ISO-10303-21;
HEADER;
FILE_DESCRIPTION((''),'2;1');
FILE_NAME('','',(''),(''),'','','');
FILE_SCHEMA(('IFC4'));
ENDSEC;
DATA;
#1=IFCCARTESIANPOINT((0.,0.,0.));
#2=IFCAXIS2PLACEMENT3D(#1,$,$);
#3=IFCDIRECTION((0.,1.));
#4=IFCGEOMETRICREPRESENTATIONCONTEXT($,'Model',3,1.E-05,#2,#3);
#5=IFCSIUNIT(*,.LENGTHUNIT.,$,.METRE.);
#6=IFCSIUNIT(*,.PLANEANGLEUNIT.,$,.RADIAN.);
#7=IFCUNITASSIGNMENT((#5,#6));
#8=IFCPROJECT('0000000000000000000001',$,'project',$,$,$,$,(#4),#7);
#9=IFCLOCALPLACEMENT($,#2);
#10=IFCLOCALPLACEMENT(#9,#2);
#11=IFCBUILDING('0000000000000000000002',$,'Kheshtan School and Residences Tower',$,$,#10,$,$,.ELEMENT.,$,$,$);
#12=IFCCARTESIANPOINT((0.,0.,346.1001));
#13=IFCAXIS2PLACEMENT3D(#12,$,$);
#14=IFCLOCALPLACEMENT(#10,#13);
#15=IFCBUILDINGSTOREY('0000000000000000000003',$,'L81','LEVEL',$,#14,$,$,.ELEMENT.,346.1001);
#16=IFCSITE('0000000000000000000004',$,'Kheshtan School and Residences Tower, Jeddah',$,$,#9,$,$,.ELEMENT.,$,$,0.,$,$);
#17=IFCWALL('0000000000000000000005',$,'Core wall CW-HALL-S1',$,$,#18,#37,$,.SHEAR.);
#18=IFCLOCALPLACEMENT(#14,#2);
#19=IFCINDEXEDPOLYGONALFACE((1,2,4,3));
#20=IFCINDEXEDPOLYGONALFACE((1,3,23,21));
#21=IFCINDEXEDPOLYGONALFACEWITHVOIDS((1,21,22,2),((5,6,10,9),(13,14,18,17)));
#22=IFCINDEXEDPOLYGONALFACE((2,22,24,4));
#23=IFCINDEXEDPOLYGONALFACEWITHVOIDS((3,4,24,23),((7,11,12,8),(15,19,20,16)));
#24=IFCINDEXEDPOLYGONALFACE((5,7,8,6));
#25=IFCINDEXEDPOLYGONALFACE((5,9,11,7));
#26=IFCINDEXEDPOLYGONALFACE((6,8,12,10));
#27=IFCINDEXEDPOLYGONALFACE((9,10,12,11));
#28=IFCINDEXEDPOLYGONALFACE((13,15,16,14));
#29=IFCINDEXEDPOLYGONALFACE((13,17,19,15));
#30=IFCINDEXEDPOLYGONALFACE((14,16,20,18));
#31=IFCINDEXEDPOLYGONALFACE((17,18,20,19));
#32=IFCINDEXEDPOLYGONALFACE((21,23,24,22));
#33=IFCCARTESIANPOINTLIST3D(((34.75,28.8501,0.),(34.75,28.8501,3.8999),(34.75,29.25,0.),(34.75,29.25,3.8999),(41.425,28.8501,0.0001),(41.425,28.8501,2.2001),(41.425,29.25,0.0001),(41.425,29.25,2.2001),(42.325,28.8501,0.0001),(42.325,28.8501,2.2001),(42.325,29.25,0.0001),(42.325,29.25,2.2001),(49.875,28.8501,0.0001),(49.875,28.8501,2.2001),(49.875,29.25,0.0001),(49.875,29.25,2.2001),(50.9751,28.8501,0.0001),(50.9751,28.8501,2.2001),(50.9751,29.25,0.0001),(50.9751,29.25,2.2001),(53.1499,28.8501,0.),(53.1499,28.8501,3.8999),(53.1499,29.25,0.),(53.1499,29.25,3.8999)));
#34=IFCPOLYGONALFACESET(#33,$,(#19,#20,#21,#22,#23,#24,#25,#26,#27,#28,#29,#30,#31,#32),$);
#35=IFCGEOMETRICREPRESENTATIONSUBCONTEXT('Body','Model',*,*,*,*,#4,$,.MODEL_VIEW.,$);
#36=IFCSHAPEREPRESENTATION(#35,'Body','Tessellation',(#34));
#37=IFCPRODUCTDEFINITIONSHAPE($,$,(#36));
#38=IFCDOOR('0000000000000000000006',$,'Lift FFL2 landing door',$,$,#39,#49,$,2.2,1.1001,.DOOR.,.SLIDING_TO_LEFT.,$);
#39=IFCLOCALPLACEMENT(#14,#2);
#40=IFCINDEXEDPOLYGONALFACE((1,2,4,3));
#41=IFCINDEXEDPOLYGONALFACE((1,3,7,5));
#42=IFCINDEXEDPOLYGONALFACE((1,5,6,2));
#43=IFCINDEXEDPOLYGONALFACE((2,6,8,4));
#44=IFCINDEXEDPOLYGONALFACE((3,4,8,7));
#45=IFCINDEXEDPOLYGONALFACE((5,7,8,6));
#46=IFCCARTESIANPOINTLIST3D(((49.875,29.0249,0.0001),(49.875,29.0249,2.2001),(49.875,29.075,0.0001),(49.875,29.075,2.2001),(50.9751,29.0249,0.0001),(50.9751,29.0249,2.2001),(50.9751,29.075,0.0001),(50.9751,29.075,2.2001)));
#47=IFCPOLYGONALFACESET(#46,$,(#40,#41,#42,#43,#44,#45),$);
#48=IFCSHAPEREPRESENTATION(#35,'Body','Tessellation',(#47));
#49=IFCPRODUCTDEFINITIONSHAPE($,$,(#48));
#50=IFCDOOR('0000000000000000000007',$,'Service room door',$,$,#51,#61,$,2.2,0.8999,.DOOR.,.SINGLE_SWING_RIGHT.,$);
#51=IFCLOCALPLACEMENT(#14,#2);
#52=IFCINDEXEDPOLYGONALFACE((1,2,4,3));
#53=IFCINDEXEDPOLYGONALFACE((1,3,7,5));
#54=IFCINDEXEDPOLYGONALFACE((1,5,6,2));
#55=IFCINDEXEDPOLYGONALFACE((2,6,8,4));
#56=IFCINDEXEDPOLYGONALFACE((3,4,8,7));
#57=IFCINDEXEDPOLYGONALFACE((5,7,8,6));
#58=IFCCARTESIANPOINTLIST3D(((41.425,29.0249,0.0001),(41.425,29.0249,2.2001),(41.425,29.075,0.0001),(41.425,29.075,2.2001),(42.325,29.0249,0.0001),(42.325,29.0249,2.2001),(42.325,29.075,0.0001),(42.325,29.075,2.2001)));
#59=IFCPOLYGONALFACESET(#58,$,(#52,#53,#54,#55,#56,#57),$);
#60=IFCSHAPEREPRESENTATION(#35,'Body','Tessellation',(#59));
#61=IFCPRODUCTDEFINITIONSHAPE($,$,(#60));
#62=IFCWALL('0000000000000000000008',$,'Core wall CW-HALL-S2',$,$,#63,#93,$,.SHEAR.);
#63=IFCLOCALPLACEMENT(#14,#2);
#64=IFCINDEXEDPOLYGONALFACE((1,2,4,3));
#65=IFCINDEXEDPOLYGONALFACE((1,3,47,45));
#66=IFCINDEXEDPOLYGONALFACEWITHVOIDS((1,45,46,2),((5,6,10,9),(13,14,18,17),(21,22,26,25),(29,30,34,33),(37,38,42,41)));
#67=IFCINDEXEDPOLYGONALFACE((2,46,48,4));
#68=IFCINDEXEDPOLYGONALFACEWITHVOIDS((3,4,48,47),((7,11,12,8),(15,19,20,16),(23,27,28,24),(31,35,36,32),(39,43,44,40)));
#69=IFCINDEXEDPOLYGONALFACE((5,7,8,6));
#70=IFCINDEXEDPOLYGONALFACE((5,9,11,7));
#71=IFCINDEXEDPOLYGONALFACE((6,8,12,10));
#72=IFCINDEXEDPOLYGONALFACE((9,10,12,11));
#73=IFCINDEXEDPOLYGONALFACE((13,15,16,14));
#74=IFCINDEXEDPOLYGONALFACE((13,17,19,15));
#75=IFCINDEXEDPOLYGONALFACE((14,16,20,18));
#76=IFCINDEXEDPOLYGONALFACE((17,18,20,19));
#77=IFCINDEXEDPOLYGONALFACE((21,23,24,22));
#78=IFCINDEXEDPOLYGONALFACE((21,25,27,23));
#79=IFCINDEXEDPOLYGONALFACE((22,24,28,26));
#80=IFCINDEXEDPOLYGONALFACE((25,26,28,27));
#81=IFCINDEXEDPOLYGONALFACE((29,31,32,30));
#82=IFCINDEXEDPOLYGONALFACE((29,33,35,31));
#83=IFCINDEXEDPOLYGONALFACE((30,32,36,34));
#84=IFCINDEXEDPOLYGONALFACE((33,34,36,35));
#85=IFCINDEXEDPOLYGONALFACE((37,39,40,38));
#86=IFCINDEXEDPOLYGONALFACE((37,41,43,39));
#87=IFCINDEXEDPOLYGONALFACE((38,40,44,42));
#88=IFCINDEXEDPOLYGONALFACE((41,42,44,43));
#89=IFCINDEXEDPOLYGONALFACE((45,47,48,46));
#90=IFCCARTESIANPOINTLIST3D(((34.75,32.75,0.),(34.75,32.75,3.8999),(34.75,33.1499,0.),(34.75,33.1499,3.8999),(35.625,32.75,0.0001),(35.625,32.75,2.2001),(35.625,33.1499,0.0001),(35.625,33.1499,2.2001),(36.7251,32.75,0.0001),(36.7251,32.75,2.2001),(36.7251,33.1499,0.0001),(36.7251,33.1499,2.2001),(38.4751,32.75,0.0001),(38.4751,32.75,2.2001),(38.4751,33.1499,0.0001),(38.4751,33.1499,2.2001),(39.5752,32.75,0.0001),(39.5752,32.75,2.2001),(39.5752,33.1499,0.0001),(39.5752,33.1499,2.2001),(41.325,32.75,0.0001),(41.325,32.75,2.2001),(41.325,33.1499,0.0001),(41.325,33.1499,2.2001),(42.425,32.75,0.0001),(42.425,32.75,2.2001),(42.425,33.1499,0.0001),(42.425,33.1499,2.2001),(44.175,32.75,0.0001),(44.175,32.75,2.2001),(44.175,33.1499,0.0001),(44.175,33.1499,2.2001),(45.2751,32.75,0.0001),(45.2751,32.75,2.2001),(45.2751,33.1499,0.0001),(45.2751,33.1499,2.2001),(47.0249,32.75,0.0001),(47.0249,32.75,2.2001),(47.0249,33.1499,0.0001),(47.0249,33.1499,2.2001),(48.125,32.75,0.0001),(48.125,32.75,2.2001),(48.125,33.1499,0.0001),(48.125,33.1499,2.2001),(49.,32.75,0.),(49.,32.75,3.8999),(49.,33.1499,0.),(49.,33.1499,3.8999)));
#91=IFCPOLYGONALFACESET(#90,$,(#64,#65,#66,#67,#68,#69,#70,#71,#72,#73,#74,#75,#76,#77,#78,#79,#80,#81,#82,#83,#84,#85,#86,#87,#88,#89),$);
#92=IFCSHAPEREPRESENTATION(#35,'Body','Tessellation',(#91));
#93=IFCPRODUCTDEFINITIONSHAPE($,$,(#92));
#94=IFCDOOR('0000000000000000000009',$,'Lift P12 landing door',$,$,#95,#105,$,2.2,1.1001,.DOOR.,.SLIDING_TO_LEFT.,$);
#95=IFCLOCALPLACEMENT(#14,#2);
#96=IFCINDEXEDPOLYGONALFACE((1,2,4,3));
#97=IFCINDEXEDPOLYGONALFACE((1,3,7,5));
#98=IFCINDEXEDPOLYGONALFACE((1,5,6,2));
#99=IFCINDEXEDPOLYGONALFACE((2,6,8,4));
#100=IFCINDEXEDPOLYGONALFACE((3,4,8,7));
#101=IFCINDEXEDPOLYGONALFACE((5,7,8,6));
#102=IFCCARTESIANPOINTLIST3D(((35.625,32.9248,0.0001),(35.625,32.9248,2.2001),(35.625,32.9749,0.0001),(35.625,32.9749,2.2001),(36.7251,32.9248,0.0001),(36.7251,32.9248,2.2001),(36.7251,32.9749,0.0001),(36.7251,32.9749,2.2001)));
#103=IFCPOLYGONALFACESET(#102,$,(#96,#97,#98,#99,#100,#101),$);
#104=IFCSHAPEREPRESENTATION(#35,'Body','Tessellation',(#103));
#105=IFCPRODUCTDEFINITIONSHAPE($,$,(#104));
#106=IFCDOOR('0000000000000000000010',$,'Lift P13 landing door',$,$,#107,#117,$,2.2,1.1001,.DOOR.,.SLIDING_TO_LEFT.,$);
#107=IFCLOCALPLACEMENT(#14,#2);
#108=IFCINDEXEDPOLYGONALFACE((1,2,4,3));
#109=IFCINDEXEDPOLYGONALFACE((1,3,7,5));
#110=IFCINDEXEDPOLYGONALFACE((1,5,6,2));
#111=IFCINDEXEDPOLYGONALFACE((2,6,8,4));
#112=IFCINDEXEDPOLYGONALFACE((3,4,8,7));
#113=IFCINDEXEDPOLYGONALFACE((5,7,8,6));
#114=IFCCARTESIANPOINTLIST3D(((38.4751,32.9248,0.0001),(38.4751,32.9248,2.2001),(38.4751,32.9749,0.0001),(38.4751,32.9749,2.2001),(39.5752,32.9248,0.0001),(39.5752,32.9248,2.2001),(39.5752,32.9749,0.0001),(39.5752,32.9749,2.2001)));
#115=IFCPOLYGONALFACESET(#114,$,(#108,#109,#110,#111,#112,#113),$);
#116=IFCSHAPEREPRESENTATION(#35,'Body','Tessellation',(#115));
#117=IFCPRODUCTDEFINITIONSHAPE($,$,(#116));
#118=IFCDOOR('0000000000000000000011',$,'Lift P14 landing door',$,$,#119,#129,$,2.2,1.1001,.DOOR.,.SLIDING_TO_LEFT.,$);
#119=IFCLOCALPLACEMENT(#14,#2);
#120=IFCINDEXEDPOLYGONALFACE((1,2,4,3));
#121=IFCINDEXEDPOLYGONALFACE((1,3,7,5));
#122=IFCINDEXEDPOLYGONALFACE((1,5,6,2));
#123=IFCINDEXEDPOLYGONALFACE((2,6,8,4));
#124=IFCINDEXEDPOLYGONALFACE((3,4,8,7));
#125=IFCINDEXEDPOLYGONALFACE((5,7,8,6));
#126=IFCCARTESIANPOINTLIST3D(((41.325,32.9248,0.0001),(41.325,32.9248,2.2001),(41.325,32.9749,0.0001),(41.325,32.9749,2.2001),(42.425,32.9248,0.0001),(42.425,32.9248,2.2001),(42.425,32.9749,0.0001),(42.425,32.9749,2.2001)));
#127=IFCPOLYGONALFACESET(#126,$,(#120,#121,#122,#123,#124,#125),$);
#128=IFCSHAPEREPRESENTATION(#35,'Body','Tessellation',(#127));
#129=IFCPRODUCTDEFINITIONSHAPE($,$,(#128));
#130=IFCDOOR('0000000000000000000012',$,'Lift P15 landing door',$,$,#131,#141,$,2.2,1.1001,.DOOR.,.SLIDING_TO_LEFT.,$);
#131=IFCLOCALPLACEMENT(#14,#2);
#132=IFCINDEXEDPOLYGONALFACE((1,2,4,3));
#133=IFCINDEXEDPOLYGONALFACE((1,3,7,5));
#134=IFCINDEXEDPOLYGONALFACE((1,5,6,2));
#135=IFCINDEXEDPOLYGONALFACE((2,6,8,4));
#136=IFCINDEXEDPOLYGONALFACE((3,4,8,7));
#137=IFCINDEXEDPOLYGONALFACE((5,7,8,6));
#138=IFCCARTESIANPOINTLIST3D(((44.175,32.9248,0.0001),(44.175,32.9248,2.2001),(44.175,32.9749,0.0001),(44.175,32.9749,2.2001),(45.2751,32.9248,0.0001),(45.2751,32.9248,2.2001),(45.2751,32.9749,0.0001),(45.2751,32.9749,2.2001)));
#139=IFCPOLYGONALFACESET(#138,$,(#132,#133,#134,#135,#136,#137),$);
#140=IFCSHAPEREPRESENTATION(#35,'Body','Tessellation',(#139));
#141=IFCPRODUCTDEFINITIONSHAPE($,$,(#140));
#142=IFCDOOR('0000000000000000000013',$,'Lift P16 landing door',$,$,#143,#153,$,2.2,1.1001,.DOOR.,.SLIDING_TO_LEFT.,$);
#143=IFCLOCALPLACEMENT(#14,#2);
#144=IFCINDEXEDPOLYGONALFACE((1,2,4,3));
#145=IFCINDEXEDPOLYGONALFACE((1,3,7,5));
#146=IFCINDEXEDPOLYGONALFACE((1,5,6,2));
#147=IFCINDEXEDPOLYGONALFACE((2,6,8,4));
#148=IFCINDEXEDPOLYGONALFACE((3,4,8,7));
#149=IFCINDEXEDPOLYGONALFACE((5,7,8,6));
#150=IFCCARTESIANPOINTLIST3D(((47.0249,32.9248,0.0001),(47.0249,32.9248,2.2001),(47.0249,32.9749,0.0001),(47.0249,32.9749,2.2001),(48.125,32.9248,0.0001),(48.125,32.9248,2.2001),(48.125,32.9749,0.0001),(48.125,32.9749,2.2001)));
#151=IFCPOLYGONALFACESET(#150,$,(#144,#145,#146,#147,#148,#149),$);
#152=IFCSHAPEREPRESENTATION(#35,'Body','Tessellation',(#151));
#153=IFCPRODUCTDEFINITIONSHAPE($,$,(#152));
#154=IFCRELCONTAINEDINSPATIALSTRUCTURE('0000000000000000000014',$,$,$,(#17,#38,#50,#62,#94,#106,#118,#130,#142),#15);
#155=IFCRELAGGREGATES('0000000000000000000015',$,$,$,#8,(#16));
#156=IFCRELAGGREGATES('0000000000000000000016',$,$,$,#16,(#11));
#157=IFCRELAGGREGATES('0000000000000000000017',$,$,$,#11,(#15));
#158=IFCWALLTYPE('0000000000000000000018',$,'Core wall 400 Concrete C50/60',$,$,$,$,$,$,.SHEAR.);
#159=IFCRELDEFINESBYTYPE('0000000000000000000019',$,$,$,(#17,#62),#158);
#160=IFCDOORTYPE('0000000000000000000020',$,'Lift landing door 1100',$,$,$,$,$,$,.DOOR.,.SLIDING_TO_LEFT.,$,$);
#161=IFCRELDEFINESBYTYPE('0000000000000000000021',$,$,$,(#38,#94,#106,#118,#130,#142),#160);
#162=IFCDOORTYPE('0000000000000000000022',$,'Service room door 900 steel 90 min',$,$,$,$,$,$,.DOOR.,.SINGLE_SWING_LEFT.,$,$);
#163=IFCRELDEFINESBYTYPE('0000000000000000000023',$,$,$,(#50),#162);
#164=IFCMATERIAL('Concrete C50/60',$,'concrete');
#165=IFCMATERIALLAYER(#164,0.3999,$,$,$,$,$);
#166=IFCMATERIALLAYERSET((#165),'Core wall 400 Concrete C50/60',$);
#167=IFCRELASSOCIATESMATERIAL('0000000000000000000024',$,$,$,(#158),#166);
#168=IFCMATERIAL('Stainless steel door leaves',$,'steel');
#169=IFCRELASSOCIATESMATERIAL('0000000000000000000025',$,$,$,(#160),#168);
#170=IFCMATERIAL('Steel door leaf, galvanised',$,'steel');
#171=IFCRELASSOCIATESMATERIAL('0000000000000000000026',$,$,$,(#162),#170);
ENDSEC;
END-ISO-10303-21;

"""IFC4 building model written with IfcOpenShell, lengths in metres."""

from ifc_helpers import new_model, si_unit, direction, frame, frame_2d, origin, place, context, subcontext, project, spatial, rectangle, extrude, source, transform, mapped, material, layer, layer_set, type_object, element, fill, save


model = new_model("IFC4")

# Units and contexts
model_context = context("Model", 3, precision=1e-05, world=origin(), true_north=direction((0.0, 1.0)))
body_context = subcontext(model_context, "Body", "Model", "MODEL_VIEW")
ifc_project = project(units=[si_unit("LENGTHUNIT", "METRE"), si_unit("PLANEANGLEUNIT", "RADIAN")], contexts=[model_context])

# Site, building, storey
site_placement = place(None, origin())
site = spatial("IfcSite", under=ifc_project, at=site_placement, Name="Kheshtan School and Residences Tower, Jeddah", CompositionType="ELEMENT", RefElevation=0.0)
building_placement = place(site_placement, origin())
building = spatial("IfcBuilding", under=site, at=building_placement, Name="Kheshtan School and Residences Tower", CompositionType="ELEMENT")
storey_placement = place(building_placement, frame((0.0, 0.0, 346.1001)))
storey = spatial("IfcBuildingStorey", under=building, at=storey_placement, Name="L81", Description="LEVEL", CompositionType="ELEMENT", Elevation=346.1001)

# Walls, openings, doors
ifc_material_1 = material(Name="Concrete C50/60", Category="concrete")
ifc_layer_1 = layer(ifc_material_1, 0.3999)
ifc_layer_set_1 = layer_set([ifc_layer_1], Name="Core wall 400 Concrete C50/60")
wall_type_1 = type_object("IfcWallType", Name="Core wall 400 Concrete C50/60", PredefinedType="SHEAR", material=ifc_layer_set_1)
wall_1_placement = place(storey_placement, frame((34.75, 29.05, 0.0), z_axis=(0.0, 0.0, 1.0), x_axis=(1.0, 0.0, 0.0)))
wall_1 = element("IfcWall", 1, at=wall_1_placement, inside=storey, type_object=wall_type_1, Name="Core wall CW-HALL-S1", PredefinedType="SHEAR", context=body_context, shape_type="SweptSolid", body=[
    extrude(rectangle(XDim=18.3999, YDim=0.3999, at=frame_2d((9.2, 0.0))), origin(), (0.0, 0.0, 1.0), 3.8999),
])
opening_1_placement = place(wall_1_placement, frame((15.125, 0.0, 0.0)))
opening_1 = element("IfcOpeningElement", 2, at=opening_1_placement, cuts=wall_1, PredefinedType="OPENING", context=body_context, shape_type="SweptSolid", body=[
    extrude(rectangle(XDim=1.1001, YDim=2.2, at=frame_2d((0.55, 1.1001))), frame((0.0, 0.21, 0.0), z_axis=(0.0, -1.0, 0.0), x_axis=(1.0, 0.0, 0.0)), (0.0, 0.0, 1.0), 0.4199),
])
opening_2_placement = place(wall_1_placement, frame((6.675, 0.0, 0.0)))
opening_2 = element("IfcOpeningElement", 3, at=opening_2_placement, cuts=wall_1, PredefinedType="OPENING", context=body_context, shape_type="SweptSolid", body=[
    extrude(rectangle(XDim=0.8999, YDim=2.2, at=frame_2d((0.45, 1.1001))), frame((0.0, 0.21, 0.0), z_axis=(0.0, -1.0, 0.0), x_axis=(1.0, 0.0, 0.0)), (0.0, 0.0, 1.0), 0.4199),
])
ifc_material_2 = material(Name="Stainless steel door leaves", Category="steel")
door_type_1 = type_object("IfcDoorType", Name="Lift landing door 1100", OperationType="SLIDING_TO_LEFT", PredefinedType="DOOR", material=ifc_material_2)
shared_shape_1 = source(origin(), body_context, "Body", "SweptSolid", [
    extrude(rectangle(XDim=1.1001, YDim=2.2, at=frame_2d((0.55, 1.1001))), frame((0.0, 0.0249, 0.0), z_axis=(0.0, -1.0, 0.0), x_axis=(1.0, 0.0, 0.0)), (0.0, 0.0, 1.0), 0.05),
])
door_1_placement = place(opening_1_placement, origin())
door_1 = element("IfcDoor", 4, at=door_1_placement, inside=storey, type_object=door_type_1, Name="Lift FFL2 landing door", OperationType="SLIDING_TO_LEFT", OverallHeight=2.2, OverallWidth=1.1001, PredefinedType="DOOR", context=body_context, shape_type="MappedRepresentation", body=[
    mapped(shared_shape_1, transform((0.0, 0.0, 0.0), x_axis=(1.0, 0.0, 0.0), y_axis=(0.0, 1.0, 0.0), z_axis=(0.0, 0.0, 1.0), scale=1.0)),
])
fill(opening_1, door_1)
ifc_material_3 = material(Name="Steel door leaf, galvanised", Category="steel")
door_type_2 = type_object("IfcDoorType", Name="Service room door 900 steel 90 min", OperationType="SINGLE_SWING_LEFT", PredefinedType="DOOR", material=ifc_material_3)
shared_shape_2 = source(origin(), body_context, "Body", "SweptSolid", [
    extrude(rectangle(XDim=0.8999, YDim=2.2, at=frame_2d((0.45, 1.1001))), frame((0.0, 0.0249, 0.0), z_axis=(0.0, -1.0, 0.0), x_axis=(1.0, 0.0, 0.0)), (0.0, 0.0, 1.0), 0.05),
])
door_2_placement = place(opening_2_placement, origin())
door_2 = element("IfcDoor", 5, at=door_2_placement, inside=storey, type_object=door_type_2, Name="Service room door", OperationType="SINGLE_SWING_RIGHT", OverallHeight=2.2, OverallWidth=0.8999, PredefinedType="DOOR", context=body_context, shape_type="MappedRepresentation", body=[
    mapped(shared_shape_2, transform((0.0, 0.0, 0.0), x_axis=(1.0, 0.0, 0.0), y_axis=(0.0, 1.0, 0.0), z_axis=(0.0, 0.0, 1.0), scale=1.0)),
])
fill(opening_2, door_2)
wall_2_placement = place(storey_placement, frame((34.75, 32.95, 0.0), z_axis=(0.0, 0.0, 1.0), x_axis=(1.0, 0.0, 0.0)))
wall_2 = element("IfcWall", 6, at=wall_2_placement, inside=storey, type_object=wall_type_1, Name="Core wall CW-HALL-S2", PredefinedType="SHEAR", context=body_context, shape_type="SweptSolid", body=[
    extrude(rectangle(XDim=14.25, YDim=0.3999, at=frame_2d((7.125, 0.0))), origin(), (0.0, 0.0, 1.0), 3.8999),
])
opening_3_placement = place(wall_2_placement, frame((0.875, 0.0, 0.0)))
opening_3 = element("IfcOpeningElement", 7, at=opening_3_placement, cuts=wall_2, PredefinedType="OPENING", context=body_context, shape_type="SweptSolid", body=[
    extrude(rectangle(XDim=1.1001, YDim=2.2, at=frame_2d((0.55, 1.1001))), frame((0.0, 0.21, 0.0), z_axis=(0.0, -1.0, 0.0), x_axis=(1.0, 0.0, 0.0)), (0.0, 0.0, 1.0), 0.4199),
])
opening_4_placement = place(wall_2_placement, frame((3.7251, 0.0, 0.0)))
opening_4 = element("IfcOpeningElement", 8, at=opening_4_placement, cuts=wall_2, PredefinedType="OPENING", context=body_context, shape_type="SweptSolid", body=[
    extrude(rectangle(XDim=1.1001, YDim=2.2, at=frame_2d((0.55, 1.1001))), frame((0.0, 0.21, 0.0), z_axis=(0.0, -1.0, 0.0), x_axis=(1.0, 0.0, 0.0)), (0.0, 0.0, 1.0), 0.4199),
])
opening_5_placement = place(wall_2_placement, frame((6.575, 0.0, 0.0)))
opening_5 = element("IfcOpeningElement", 9, at=opening_5_placement, cuts=wall_2, PredefinedType="OPENING", context=body_context, shape_type="SweptSolid", body=[
    extrude(rectangle(XDim=1.1001, YDim=2.2, at=frame_2d((0.55, 1.1001))), frame((0.0, 0.21, 0.0), z_axis=(0.0, -1.0, 0.0), x_axis=(1.0, 0.0, 0.0)), (0.0, 0.0, 1.0), 0.4199),
])
opening_6_placement = place(wall_2_placement, frame((9.425, 0.0, 0.0)))
opening_6 = element("IfcOpeningElement", 10, at=opening_6_placement, cuts=wall_2, PredefinedType="OPENING", context=body_context, shape_type="SweptSolid", body=[
    extrude(rectangle(XDim=1.1001, YDim=2.2, at=frame_2d((0.55, 1.1001))), frame((0.0, 0.21, 0.0), z_axis=(0.0, -1.0, 0.0), x_axis=(1.0, 0.0, 0.0)), (0.0, 0.0, 1.0), 0.4199),
])
opening_7_placement = place(wall_2_placement, frame((12.2749, 0.0, 0.0)))
opening_7 = element("IfcOpeningElement", 11, at=opening_7_placement, cuts=wall_2, PredefinedType="OPENING", context=body_context, shape_type="SweptSolid", body=[
    extrude(rectangle(XDim=1.1001, YDim=2.2, at=frame_2d((0.55, 1.1001))), frame((0.0, 0.21, 0.0), z_axis=(0.0, -1.0, 0.0), x_axis=(1.0, 0.0, 0.0)), (0.0, 0.0, 1.0), 0.4199),
])
door_3_placement = place(opening_3_placement, origin())
door_3 = element("IfcDoor", 12, at=door_3_placement, inside=storey, type_object=door_type_1, Name="Lift P12 landing door", OperationType="SLIDING_TO_LEFT", OverallHeight=2.2, OverallWidth=1.1001, PredefinedType="DOOR", context=body_context, shape_type="MappedRepresentation", body=[
    mapped(shared_shape_1, transform((0.0, 0.0, 0.0), x_axis=(1.0, 0.0, 0.0), y_axis=(0.0, 1.0, 0.0), z_axis=(0.0, 0.0, 1.0), scale=1.0)),
])
fill(opening_3, door_3)
door_4_placement = place(opening_4_placement, origin())
door_4 = element("IfcDoor", 13, at=door_4_placement, inside=storey, type_object=door_type_1, Name="Lift P13 landing door", OperationType="SLIDING_TO_LEFT", OverallHeight=2.2, OverallWidth=1.1001, PredefinedType="DOOR", context=body_context, shape_type="MappedRepresentation", body=[
    mapped(shared_shape_1, transform((0.0, 0.0, 0.0), x_axis=(1.0, 0.0, 0.0), y_axis=(0.0, 1.0, 0.0), z_axis=(0.0, 0.0, 1.0), scale=1.0)),
])
fill(opening_4, door_4)
door_5_placement = place(opening_5_placement, origin())
door_5 = element("IfcDoor", 14, at=door_5_placement, inside=storey, type_object=door_type_1, Name="Lift P14 landing door", OperationType="SLIDING_TO_LEFT", OverallHeight=2.2, OverallWidth=1.1001, PredefinedType="DOOR", context=body_context, shape_type="MappedRepresentation", body=[
    mapped(shared_shape_1, transform((0.0, 0.0, 0.0), x_axis=(1.0, 0.0, 0.0), y_axis=(0.0, 1.0, 0.0), z_axis=(0.0, 0.0, 1.0), scale=1.0)),
])
fill(opening_5, door_5)
door_6_placement = place(opening_6_placement, origin())
door_6 = element("IfcDoor", 15, at=door_6_placement, inside=storey, type_object=door_type_1, Name="Lift P15 landing door", OperationType="SLIDING_TO_LEFT", OverallHeight=2.2, OverallWidth=1.1001, PredefinedType="DOOR", context=body_context, shape_type="MappedRepresentation", body=[
    mapped(shared_shape_1, transform((0.0, 0.0, 0.0), x_axis=(1.0, 0.0, 0.0), y_axis=(0.0, 1.0, 0.0), z_axis=(0.0, 0.0, 1.0), scale=1.0)),
])
fill(opening_6, door_6)
door_7_placement = place(opening_7_placement, origin())
door_7 = element("IfcDoor", 16, at=door_7_placement, inside=storey, type_object=door_type_1, Name="Lift P16 landing door", OperationType="SLIDING_TO_LEFT", OverallHeight=2.2, OverallWidth=1.1001, PredefinedType="DOOR", context=body_context, shape_type="MappedRepresentation", body=[
    mapped(shared_shape_1, transform((0.0, 0.0, 0.0), x_axis=(1.0, 0.0, 0.0), y_axis=(0.0, 1.0, 0.0), z_axis=(0.0, 0.0, 1.0), scale=1.0)),
])
fill(opening_7, door_7)

save(model, "model.ifc")
